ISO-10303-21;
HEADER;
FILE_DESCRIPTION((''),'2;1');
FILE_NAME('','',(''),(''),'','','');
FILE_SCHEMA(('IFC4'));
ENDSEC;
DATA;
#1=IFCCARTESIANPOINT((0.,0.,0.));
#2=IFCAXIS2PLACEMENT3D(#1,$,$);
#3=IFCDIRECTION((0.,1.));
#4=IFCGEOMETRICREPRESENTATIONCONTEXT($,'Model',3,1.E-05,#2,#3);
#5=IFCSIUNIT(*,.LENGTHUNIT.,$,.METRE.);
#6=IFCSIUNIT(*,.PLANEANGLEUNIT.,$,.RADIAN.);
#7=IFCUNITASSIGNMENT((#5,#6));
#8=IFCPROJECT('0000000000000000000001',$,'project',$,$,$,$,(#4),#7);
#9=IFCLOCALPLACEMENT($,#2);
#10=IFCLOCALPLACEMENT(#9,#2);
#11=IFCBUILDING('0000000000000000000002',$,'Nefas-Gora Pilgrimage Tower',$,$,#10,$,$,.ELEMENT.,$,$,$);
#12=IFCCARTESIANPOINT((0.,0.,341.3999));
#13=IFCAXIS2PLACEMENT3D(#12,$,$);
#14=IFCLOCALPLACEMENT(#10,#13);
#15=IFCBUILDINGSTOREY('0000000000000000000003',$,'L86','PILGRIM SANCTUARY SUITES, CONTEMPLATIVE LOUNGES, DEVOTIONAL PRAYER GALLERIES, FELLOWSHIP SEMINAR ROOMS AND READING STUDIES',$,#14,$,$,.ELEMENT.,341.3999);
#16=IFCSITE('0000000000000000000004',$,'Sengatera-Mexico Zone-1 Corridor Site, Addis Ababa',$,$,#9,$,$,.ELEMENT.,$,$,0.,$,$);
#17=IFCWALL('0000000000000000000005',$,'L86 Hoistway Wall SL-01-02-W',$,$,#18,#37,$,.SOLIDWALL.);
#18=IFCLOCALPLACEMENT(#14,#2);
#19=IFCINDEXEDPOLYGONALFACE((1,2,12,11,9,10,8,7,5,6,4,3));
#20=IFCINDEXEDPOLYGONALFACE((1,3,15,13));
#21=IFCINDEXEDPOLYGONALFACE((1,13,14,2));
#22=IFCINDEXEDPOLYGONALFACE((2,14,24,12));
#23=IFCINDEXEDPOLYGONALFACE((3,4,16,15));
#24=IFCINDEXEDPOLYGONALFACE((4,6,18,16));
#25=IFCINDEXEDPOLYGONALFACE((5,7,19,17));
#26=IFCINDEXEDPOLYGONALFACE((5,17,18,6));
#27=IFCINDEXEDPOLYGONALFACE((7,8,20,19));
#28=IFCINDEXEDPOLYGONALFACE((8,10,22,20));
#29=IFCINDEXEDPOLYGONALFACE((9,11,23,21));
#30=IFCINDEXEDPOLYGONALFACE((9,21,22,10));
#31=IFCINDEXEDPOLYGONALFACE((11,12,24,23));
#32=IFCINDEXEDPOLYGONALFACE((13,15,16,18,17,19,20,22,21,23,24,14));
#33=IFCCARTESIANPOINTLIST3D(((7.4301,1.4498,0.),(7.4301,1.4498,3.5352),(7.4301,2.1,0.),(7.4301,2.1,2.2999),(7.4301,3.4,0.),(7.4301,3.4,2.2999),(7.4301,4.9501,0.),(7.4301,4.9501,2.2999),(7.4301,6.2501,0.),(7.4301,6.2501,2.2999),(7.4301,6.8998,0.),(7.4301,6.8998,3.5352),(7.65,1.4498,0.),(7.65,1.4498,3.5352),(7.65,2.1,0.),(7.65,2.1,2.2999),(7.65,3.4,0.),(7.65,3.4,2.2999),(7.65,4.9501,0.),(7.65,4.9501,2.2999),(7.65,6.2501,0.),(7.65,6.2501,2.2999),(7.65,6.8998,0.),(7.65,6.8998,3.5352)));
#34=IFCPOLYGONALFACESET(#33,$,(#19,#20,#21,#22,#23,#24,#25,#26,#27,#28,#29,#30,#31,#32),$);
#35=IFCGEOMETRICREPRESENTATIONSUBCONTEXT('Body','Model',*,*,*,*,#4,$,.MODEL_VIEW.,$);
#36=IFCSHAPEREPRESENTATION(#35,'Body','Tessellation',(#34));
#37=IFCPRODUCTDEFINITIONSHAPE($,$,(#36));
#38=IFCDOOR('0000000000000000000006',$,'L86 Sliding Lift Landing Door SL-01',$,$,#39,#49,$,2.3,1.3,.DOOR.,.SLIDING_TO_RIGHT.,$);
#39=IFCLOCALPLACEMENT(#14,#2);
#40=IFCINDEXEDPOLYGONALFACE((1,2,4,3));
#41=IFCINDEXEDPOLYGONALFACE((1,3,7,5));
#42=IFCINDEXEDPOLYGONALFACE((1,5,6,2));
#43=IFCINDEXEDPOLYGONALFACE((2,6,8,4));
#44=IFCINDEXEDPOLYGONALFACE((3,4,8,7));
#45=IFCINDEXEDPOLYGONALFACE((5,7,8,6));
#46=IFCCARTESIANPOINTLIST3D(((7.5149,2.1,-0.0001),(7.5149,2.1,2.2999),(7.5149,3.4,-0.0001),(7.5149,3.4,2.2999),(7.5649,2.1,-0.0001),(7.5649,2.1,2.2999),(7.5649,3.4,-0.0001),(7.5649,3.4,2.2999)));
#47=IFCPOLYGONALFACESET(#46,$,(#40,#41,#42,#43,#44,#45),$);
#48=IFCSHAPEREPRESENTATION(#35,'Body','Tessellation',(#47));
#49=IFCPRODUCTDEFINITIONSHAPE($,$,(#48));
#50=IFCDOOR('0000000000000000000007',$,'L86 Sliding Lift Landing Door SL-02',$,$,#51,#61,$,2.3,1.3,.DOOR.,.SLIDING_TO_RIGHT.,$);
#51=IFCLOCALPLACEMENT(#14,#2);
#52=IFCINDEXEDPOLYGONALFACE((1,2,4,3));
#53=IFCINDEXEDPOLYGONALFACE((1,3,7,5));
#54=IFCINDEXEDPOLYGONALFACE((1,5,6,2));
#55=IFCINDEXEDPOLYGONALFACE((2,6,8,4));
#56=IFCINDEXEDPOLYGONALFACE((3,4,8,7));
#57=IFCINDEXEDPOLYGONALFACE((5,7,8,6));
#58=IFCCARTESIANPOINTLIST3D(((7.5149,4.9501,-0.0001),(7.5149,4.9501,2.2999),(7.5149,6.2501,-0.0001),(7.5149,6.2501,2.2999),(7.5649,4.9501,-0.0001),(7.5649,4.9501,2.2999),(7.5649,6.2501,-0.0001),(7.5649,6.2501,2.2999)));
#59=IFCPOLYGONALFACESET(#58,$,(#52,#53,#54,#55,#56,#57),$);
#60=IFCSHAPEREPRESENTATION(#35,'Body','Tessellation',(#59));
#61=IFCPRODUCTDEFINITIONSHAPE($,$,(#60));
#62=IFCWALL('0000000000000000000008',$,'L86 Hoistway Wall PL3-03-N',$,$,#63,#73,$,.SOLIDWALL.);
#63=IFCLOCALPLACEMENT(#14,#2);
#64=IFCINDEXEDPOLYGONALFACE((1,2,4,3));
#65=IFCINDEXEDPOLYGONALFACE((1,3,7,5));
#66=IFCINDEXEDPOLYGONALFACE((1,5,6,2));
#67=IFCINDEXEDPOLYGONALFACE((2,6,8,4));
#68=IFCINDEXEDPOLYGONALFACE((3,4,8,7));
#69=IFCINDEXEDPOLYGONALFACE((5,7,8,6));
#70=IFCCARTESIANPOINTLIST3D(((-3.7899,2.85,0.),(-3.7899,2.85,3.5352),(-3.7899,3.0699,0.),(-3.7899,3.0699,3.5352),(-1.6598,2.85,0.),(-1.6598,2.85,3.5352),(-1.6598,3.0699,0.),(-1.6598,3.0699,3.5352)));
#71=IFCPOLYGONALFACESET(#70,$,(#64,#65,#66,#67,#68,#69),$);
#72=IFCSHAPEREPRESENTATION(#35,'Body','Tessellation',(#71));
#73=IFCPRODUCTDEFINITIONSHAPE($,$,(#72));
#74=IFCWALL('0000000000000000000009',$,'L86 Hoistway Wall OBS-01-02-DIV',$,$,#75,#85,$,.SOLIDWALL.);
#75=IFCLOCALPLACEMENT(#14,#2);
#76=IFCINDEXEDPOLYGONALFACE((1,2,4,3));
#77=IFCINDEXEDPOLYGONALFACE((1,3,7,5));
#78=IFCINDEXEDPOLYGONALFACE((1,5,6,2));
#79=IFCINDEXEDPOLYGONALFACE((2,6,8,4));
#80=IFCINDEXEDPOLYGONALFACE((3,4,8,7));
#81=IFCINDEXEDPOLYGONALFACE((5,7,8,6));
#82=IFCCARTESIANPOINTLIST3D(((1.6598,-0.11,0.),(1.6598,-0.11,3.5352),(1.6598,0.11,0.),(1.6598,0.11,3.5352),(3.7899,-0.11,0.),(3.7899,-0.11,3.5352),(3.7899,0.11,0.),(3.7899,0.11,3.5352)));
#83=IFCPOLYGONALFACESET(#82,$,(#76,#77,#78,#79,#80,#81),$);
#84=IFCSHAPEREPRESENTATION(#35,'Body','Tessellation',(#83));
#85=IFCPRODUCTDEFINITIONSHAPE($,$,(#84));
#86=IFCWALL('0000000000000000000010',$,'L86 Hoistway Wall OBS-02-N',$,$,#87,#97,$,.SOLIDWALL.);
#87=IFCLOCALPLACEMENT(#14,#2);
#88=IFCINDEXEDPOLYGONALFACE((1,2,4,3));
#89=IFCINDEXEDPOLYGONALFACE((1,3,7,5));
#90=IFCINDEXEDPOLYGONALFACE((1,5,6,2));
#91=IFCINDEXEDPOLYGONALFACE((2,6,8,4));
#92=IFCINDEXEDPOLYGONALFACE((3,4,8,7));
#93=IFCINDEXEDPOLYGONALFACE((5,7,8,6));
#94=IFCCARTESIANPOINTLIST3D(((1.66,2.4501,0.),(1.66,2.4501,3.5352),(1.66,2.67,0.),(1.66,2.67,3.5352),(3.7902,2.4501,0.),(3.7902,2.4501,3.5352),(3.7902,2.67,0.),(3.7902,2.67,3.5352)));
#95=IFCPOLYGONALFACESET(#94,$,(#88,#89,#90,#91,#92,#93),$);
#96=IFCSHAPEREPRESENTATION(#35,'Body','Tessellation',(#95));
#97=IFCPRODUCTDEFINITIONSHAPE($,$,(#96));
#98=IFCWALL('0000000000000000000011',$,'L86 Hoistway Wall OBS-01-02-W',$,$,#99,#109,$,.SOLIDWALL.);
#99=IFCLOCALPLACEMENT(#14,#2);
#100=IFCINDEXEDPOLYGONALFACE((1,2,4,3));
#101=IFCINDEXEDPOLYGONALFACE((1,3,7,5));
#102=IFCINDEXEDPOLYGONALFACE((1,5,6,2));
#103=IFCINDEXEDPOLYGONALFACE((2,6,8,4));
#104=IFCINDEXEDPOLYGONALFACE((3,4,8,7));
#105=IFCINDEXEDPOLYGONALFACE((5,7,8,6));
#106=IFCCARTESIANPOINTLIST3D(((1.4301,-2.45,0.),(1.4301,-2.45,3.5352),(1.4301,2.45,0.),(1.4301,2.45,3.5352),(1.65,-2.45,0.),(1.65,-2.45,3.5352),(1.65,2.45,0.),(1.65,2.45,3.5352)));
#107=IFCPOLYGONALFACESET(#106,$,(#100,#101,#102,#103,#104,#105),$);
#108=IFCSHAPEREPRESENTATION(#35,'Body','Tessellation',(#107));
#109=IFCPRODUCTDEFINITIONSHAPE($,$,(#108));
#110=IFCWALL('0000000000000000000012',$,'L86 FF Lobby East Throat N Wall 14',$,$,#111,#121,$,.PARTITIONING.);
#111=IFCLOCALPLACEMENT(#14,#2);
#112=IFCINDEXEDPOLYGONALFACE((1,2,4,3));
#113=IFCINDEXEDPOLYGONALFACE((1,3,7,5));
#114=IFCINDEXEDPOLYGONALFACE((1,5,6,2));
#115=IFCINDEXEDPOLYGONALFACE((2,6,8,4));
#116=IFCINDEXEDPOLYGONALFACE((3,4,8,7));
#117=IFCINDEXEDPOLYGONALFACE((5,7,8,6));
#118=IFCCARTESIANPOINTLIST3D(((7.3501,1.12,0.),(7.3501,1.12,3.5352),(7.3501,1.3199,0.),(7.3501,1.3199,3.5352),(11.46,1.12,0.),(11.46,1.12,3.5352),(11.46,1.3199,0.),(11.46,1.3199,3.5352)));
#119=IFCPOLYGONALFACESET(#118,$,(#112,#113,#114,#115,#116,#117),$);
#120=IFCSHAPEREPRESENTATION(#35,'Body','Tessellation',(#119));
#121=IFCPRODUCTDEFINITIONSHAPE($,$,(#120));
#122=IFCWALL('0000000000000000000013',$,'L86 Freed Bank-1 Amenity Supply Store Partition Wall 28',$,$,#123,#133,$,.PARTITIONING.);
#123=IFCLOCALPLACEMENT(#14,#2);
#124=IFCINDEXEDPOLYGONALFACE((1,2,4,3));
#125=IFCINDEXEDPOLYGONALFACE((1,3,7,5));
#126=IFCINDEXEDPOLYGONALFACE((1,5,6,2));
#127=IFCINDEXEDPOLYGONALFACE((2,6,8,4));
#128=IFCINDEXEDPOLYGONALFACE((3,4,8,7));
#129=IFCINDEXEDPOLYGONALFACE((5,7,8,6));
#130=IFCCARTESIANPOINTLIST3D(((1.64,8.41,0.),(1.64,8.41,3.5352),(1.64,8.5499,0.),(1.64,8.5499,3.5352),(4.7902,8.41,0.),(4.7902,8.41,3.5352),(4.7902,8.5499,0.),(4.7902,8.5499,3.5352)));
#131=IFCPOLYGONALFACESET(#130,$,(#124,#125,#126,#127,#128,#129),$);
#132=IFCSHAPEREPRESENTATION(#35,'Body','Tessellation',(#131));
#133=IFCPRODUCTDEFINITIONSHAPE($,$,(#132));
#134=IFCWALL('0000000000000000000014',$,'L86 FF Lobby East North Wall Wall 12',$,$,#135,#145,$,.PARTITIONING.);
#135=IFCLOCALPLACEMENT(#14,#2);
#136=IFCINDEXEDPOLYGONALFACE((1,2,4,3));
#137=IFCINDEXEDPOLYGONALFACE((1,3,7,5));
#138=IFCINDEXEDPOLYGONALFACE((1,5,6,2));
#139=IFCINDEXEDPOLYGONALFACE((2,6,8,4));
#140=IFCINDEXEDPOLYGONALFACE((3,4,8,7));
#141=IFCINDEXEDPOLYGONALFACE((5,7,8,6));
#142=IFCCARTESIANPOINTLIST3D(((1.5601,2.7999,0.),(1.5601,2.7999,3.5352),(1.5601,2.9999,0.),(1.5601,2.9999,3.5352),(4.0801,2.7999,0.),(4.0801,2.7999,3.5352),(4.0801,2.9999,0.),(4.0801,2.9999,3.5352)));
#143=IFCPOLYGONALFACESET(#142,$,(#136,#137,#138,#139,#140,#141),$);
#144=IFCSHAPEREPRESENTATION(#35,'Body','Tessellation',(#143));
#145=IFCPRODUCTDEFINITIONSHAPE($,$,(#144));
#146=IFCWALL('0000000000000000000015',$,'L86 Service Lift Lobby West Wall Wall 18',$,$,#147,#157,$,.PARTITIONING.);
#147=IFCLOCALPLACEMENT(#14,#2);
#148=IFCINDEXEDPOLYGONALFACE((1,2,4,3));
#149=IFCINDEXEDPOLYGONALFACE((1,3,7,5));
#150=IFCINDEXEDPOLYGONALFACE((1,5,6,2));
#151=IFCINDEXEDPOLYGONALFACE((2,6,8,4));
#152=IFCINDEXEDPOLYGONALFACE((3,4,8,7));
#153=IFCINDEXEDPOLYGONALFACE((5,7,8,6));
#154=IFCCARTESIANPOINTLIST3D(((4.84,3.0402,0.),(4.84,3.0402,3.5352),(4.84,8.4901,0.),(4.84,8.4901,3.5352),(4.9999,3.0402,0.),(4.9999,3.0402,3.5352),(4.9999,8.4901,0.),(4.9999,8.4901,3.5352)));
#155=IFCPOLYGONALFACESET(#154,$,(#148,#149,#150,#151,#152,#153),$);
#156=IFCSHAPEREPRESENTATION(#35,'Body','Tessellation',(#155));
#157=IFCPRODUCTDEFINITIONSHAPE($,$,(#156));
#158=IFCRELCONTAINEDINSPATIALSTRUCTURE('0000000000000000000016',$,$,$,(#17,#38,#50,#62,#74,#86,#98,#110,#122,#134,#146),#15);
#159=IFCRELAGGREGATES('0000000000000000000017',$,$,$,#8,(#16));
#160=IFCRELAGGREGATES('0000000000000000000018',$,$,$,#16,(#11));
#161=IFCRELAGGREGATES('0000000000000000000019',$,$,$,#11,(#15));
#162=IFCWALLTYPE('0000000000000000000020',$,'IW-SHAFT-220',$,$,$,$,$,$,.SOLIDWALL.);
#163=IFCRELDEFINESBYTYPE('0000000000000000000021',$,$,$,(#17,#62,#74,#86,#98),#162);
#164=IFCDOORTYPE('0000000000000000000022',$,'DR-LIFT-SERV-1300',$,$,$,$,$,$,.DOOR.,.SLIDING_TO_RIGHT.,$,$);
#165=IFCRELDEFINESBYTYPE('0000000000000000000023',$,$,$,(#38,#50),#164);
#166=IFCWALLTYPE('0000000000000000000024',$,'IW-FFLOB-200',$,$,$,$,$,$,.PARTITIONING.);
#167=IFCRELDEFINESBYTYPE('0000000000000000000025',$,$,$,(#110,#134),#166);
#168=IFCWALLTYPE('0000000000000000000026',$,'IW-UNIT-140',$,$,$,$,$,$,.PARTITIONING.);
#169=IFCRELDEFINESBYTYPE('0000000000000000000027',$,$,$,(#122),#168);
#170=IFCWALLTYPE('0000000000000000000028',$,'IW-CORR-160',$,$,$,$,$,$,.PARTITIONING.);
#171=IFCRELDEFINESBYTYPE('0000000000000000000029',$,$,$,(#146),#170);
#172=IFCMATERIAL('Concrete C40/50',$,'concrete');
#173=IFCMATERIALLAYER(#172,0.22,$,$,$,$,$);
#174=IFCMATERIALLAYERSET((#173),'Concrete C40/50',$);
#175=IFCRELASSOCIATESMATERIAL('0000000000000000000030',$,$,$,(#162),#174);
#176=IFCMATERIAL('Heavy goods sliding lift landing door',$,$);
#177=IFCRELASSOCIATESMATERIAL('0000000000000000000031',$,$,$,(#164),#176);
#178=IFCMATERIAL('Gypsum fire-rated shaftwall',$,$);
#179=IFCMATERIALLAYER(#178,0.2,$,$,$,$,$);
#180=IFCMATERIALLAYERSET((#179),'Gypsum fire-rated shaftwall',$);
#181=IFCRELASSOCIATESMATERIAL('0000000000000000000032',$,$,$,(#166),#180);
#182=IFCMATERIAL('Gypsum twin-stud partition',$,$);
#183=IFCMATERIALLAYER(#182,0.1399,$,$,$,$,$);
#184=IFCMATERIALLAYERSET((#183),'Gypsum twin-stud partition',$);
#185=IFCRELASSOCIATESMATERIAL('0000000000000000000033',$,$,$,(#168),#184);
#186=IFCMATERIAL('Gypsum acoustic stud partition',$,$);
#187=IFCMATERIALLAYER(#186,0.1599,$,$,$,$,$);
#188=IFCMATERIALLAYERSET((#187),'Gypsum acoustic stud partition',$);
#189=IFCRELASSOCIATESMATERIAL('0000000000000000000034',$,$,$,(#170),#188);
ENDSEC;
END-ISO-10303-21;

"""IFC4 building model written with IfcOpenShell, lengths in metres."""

from ifc_helpers import new_model, si_unit, direction, frame, frame_2d, origin, place, context, subcontext, project, spatial, rectangle, extrude, source, transform, mapped, material, layer, layer_set, type_object, element, fill, save


model = new_model("IFC4")

# Units and contexts
model_context = context("Model", 3, precision=1e-05, world=origin(), true_north=direction((0.0, 1.0)))
body_context = subcontext(model_context, "Body", "Model", "MODEL_VIEW")
ifc_project = project(units=[si_unit("LENGTHUNIT", "METRE"), si_unit("PLANEANGLEUNIT", "RADIAN")], contexts=[model_context])

# Site, building, storey
site_placement = place(None, origin())
site = spatial("IfcSite", under=ifc_project, at=site_placement, Name="Sengatera-Mexico Zone-1 Corridor Site, Addis Ababa", CompositionType="ELEMENT", RefElevation=0.0)
building_placement = place(site_placement, origin())
building = spatial("IfcBuilding", under=site, at=building_placement, Name="Nefas-Gora Pilgrimage Tower", CompositionType="ELEMENT")
storey_placement = place(building_placement, frame((0.0, 0.0, 341.3999)))
storey = spatial("IfcBuildingStorey", under=building, at=storey_placement, Name="L86", Description="PILGRIM SANCTUARY SUITES, CONTEMPLATIVE LOUNGES, DEVOTIONAL PRAYER GALLERIES, FELLOWSHIP SEMINAR ROOMS AND READING STUDIES", CompositionType="ELEMENT", Elevation=341.3999)

# Shared definitions
ifc_material_1 = material(Name="Concrete C40/50", Category="concrete")

# Wall, openings, doors
ifc_layer_1 = layer(ifc_material_1, 0.22)
ifc_layer_set_1 = layer_set([ifc_layer_1], Name="Concrete C40/50")
wall_type_1 = type_object("IfcWallType", Name="IW-SHAFT-220", PredefinedType="SOLIDWALL", material=ifc_layer_set_1)
shared_shape_1 = source(origin(), body_context, "Body", "SweptSolid", [
    extrude(rectangle(XDim=5.45, YDim=0.22, at=frame_2d((2.7251, 0.0))), origin(), (0.0, 0.0, 1.0), 3.5352),
])
wall_1_placement = place(storey_placement, frame((7.54, 6.8999, 0.0), z_axis=(0.0, 0.0, 1.0), x_axis=(0.0, -1.0, 0.0)))
wall_1 = element("IfcWall", 1, at=wall_1_placement, inside=storey, type_object=wall_type_1, Name="L86 Hoistway Wall SL-01-02-W", PredefinedType="SOLIDWALL", context=body_context, shape_type="MappedRepresentation", body=[
    mapped(shared_shape_1, transform((0.0, 0.0, 0.0), x_axis=(1.0, 0.0, 0.0), y_axis=(0.0, 1.0, 0.0), z_axis=(0.0, 0.0, 1.0), scale=1.0)),
])
opening_1_placement = place(wall_1_placement, frame((3.5, 0.0, 0.0)))
opening_1 = element("IfcOpeningElement", 2, at=opening_1_placement, cuts=wall_1, PredefinedType="OPENING", context=body_context, shape_type="SweptSolid", body=[
    extrude(rectangle(XDim=1.3, YDim=2.3, at=frame_2d((0.6499, 1.1499))), frame((0.0, 0.1199, 0.0), z_axis=(0.0, -1.0, 0.0), x_axis=(1.0, 0.0, 0.0)), (0.0, 0.0, 1.0), 0.24),
])
opening_2_placement = place(wall_1_placement, frame((0.6499, 0.0, 0.0)))
opening_2 = element("IfcOpeningElement", 3, at=opening_2_placement, cuts=wall_1, PredefinedType="OPENING", context=body_context, shape_type="SweptSolid", body=[
    extrude(rectangle(XDim=1.3, YDim=2.3, at=frame_2d((0.6499, 1.1499))), frame((0.0, 0.1199, 0.0), z_axis=(0.0, -1.0, 0.0), x_axis=(1.0, 0.0, 0.0)), (0.0, 0.0, 1.0), 0.24),
])
ifc_material_2 = material(Name="Heavy goods sliding lift landing door")
door_type_1 = type_object("IfcDoorType", Name="DR-LIFT-SERV-1300", OperationType="SLIDING_TO_RIGHT", PredefinedType="DOOR", material=ifc_material_2)
shared_shape_2 = source(origin(), body_context, "Body", "SweptSolid", [
    extrude(rectangle(XDim=1.3, YDim=2.3, at=frame_2d((0.6499, 1.1499))), frame((0.0, 0.0249, 0.0), z_axis=(0.0, -1.0, 0.0), x_axis=(1.0, 0.0, 0.0)), (0.0, 0.0, 1.0), 0.05),
])
door_1_placement = place(opening_1_placement, origin())
door_1 = element("IfcDoor", 4, at=door_1_placement, inside=storey, type_object=door_type_1, Name="L86 Sliding Lift Landing Door SL-01", OperationType="SLIDING_TO_RIGHT", OverallHeight=2.3, OverallWidth=1.3, PredefinedType="DOOR", context=body_context, shape_type="MappedRepresentation", body=[
    mapped(shared_shape_2, transform((0.0, 0.0, 0.0), x_axis=(1.0, 0.0, 0.0), y_axis=(0.0, 1.0, 0.0), z_axis=(0.0, 0.0, 1.0), scale=1.0)),
])
fill(opening_1, door_1)
door_2_placement = place(opening_2_placement, origin())
door_2 = element("IfcDoor", 5, at=door_2_placement, inside=storey, type_object=door_type_1, Name="L86 Sliding Lift Landing Door SL-02", OperationType="SLIDING_TO_RIGHT", OverallHeight=2.3, OverallWidth=1.3, PredefinedType="DOOR", context=body_context, shape_type="MappedRepresentation", body=[
    mapped(shared_shape_2, transform((0.0, 0.0, 0.0), x_axis=(1.0, 0.0, 0.0), y_axis=(0.0, 1.0, 0.0), z_axis=(0.0, 0.0, 1.0), scale=1.0)),
])
fill(opening_2, door_2)

# Walls
shared_shape_3 = source(origin(), body_context, "Body", "SweptSolid", [
    extrude(rectangle(XDim=2.1301, YDim=0.22, at=frame_2d((1.0649, 0.0))), origin(), (0.0, 0.0, 1.0), 3.5352),
])
for number, where, z_axis, x_axis, name in (
    (6, (-1.6599, 2.96, 0.0), (0.0, 0.0, 1.0), (-1.0, 0.0, 0.0), "L86 Hoistway Wall PL3-03-N"),
    (7, (1.6599, 0.0, 0.0), (0.0, 0.0, 1.0), (1.0, 0.0, 0.0), "L86 Hoistway Wall OBS-01-02-DIV"),
    (8, (3.79, 2.5601, 0.0), (0.0, 0.0, 1.0), (-1.0, 0.0, 0.0), "L86 Hoistway Wall OBS-02-N"),
):
    element("IfcWall", number, at=place(storey_placement, frame(where, z_axis=z_axis, x_axis=x_axis)), inside=storey, type_object=wall_type_1, Name=name, PredefinedType="SOLIDWALL", context=body_context, shape_type="MappedRepresentation", body=[
        mapped(shared_shape_3, transform((0.0, 0.0, 0.0), x_axis=(1.0, 0.0, 0.0), y_axis=(0.0, 1.0, 0.0), z_axis=(0.0, 0.0, 1.0), scale=1.0)),
    ])
shared_shape_4 = source(origin(), body_context, "Body", "SweptSolid", [
    extrude(rectangle(XDim=4.8999, YDim=0.22, at=frame_2d((2.45, 0.0))), origin(), (0.0, 0.0, 1.0), 3.5352),
])
wall_2_placement = place(storey_placement, frame((1.54, 2.45, 0.0), z_axis=(0.0, 0.0, 1.0), x_axis=(0.0, -1.0, 0.0)))
element("IfcWall", 9, at=wall_2_placement, inside=storey, type_object=wall_type_1, Name="L86 Hoistway Wall OBS-01-02-W", PredefinedType="SOLIDWALL", context=body_context, shape_type="MappedRepresentation", body=[
    mapped(shared_shape_4, transform((0.0, 0.0, 0.0), x_axis=(1.0, 0.0, 0.0), y_axis=(0.0, 1.0, 0.0), z_axis=(0.0, 0.0, 1.0), scale=1.0)),
])

# Shared definitions
ifc_material_3 = material(Name="Gypsum fire-rated shaftwall")
ifc_layer_2 = layer(ifc_material_3, 0.2)
ifc_layer_set_2 = layer_set([ifc_layer_2], Name="Gypsum fire-rated shaftwall")
wall_type_2 = type_object("IfcWallType", Name="IW-FFLOB-200", PredefinedType="PARTITIONING", material=ifc_layer_set_2)

# Walls
shared_shape_5 = source(origin(), body_context, "Body", "SweptSolid", [
    extrude(rectangle(XDim=4.1099, YDim=0.2, at=frame_2d((2.0549, 0.0))), origin(), (0.0, 0.0, 1.0), 3.5352),
])
wall_3_placement = place(storey_placement, frame((7.3501, 1.22, 0.0), z_axis=(0.0, 0.0, 1.0), x_axis=(1.0, 0.0, 0.0)))
element("IfcWall", 10, at=wall_3_placement, inside=storey, type_object=wall_type_2, Name="L86 FF Lobby East Throat N Wall 14", PredefinedType="PARTITIONING", context=body_context, shape_type="MappedRepresentation", body=[
    mapped(shared_shape_5, transform((0.0, 0.0, 0.0), x_axis=(1.0, 0.0, 0.0), y_axis=(0.0, 1.0, 0.0), z_axis=(0.0, 0.0, 1.0), scale=1.0)),
])
ifc_material_4 = material(Name="Gypsum twin-stud partition")
ifc_layer_3 = layer(ifc_material_4, 0.1399)
ifc_layer_set_3 = layer_set([ifc_layer_3], Name="Gypsum twin-stud partition")
wall_type_3 = type_object("IfcWallType", Name="IW-UNIT-140", PredefinedType="PARTITIONING", material=ifc_layer_set_3)
shared_shape_6 = source(origin(), body_context, "Body", "SweptSolid", [
    extrude(rectangle(XDim=3.1501, YDim=0.1399, at=frame_2d((1.5752, 0.0))), origin(), (0.0, 0.0, 1.0), 3.5352),
])
wall_4_placement = place(storey_placement, frame((1.6399, 8.48, 0.0), z_axis=(0.0, 0.0, 1.0), x_axis=(1.0, 0.0, 0.0)))
element("IfcWall", 11, at=wall_4_placement, inside=storey, type_object=wall_type_3, Name="L86 Freed Bank-1 Amenity Supply Store Partition Wall 28", PredefinedType="PARTITIONING", context=body_context, shape_type="MappedRepresentation", body=[
    mapped(shared_shape_6, transform((0.0, 0.0, 0.0), x_axis=(1.0, 0.0, 0.0), y_axis=(0.0, 1.0, 0.0), z_axis=(0.0, 0.0, 1.0), scale=1.0)),
])
shared_shape_7 = source(origin(), body_context, "Body", "SweptSolid", [
    extrude(rectangle(XDim=2.52, YDim=0.2, at=frame_2d((1.26, 0.0))), origin(), (0.0, 0.0, 1.0), 3.5352),
])
wall_5_placement = place(storey_placement, frame((1.5601, 2.8999, 0.0), z_axis=(0.0, 0.0, 1.0), x_axis=(1.0, 0.0, 0.0)))
element("IfcWall", 12, at=wall_5_placement, inside=storey, type_object=wall_type_2, Name="L86 FF Lobby East North Wall Wall 12", PredefinedType="PARTITIONING", context=body_context, shape_type="MappedRepresentation", body=[
    mapped(shared_shape_7, transform((0.0, 0.0, 0.0), x_axis=(1.0, 0.0, 0.0), y_axis=(0.0, 1.0, 0.0), z_axis=(0.0, 0.0, 1.0), scale=1.0)),
])
ifc_material_5 = material(Name="Gypsum acoustic stud partition")
ifc_layer_4 = layer(ifc_material_5, 0.1599)
ifc_layer_set_4 = layer_set([ifc_layer_4], Name="Gypsum acoustic stud partition")
wall_type_4 = type_object("IfcWallType", Name="IW-CORR-160", PredefinedType="PARTITIONING", material=ifc_layer_set_4)
shared_shape_8 = source(origin(), body_context, "Body", "SweptSolid", [
    extrude(rectangle(XDim=5.45, YDim=0.1599, at=frame_2d((2.7251, 0.0))), origin(), (0.0, 0.0, 1.0), 3.5352),
])
wall_6_placement = place(storey_placement, frame((4.9199, 3.04, 0.0), z_axis=(0.0, 0.0, 1.0), x_axis=(0.0, 1.0, 0.0)))
element("IfcWall", 13, at=wall_6_placement, inside=storey, type_object=wall_type_4, Name="L86 Service Lift Lobby West Wall Wall 18", PredefinedType="PARTITIONING", context=body_context, shape_type="MappedRepresentation", body=[
    mapped(shared_shape_8, transform((0.0, 0.0, 0.0), x_axis=(1.0, 0.0, 0.0), y_axis=(0.0, 1.0, 0.0), z_axis=(0.0, 0.0, 1.0), scale=1.0)),
])

save(model, "model.ifc")
